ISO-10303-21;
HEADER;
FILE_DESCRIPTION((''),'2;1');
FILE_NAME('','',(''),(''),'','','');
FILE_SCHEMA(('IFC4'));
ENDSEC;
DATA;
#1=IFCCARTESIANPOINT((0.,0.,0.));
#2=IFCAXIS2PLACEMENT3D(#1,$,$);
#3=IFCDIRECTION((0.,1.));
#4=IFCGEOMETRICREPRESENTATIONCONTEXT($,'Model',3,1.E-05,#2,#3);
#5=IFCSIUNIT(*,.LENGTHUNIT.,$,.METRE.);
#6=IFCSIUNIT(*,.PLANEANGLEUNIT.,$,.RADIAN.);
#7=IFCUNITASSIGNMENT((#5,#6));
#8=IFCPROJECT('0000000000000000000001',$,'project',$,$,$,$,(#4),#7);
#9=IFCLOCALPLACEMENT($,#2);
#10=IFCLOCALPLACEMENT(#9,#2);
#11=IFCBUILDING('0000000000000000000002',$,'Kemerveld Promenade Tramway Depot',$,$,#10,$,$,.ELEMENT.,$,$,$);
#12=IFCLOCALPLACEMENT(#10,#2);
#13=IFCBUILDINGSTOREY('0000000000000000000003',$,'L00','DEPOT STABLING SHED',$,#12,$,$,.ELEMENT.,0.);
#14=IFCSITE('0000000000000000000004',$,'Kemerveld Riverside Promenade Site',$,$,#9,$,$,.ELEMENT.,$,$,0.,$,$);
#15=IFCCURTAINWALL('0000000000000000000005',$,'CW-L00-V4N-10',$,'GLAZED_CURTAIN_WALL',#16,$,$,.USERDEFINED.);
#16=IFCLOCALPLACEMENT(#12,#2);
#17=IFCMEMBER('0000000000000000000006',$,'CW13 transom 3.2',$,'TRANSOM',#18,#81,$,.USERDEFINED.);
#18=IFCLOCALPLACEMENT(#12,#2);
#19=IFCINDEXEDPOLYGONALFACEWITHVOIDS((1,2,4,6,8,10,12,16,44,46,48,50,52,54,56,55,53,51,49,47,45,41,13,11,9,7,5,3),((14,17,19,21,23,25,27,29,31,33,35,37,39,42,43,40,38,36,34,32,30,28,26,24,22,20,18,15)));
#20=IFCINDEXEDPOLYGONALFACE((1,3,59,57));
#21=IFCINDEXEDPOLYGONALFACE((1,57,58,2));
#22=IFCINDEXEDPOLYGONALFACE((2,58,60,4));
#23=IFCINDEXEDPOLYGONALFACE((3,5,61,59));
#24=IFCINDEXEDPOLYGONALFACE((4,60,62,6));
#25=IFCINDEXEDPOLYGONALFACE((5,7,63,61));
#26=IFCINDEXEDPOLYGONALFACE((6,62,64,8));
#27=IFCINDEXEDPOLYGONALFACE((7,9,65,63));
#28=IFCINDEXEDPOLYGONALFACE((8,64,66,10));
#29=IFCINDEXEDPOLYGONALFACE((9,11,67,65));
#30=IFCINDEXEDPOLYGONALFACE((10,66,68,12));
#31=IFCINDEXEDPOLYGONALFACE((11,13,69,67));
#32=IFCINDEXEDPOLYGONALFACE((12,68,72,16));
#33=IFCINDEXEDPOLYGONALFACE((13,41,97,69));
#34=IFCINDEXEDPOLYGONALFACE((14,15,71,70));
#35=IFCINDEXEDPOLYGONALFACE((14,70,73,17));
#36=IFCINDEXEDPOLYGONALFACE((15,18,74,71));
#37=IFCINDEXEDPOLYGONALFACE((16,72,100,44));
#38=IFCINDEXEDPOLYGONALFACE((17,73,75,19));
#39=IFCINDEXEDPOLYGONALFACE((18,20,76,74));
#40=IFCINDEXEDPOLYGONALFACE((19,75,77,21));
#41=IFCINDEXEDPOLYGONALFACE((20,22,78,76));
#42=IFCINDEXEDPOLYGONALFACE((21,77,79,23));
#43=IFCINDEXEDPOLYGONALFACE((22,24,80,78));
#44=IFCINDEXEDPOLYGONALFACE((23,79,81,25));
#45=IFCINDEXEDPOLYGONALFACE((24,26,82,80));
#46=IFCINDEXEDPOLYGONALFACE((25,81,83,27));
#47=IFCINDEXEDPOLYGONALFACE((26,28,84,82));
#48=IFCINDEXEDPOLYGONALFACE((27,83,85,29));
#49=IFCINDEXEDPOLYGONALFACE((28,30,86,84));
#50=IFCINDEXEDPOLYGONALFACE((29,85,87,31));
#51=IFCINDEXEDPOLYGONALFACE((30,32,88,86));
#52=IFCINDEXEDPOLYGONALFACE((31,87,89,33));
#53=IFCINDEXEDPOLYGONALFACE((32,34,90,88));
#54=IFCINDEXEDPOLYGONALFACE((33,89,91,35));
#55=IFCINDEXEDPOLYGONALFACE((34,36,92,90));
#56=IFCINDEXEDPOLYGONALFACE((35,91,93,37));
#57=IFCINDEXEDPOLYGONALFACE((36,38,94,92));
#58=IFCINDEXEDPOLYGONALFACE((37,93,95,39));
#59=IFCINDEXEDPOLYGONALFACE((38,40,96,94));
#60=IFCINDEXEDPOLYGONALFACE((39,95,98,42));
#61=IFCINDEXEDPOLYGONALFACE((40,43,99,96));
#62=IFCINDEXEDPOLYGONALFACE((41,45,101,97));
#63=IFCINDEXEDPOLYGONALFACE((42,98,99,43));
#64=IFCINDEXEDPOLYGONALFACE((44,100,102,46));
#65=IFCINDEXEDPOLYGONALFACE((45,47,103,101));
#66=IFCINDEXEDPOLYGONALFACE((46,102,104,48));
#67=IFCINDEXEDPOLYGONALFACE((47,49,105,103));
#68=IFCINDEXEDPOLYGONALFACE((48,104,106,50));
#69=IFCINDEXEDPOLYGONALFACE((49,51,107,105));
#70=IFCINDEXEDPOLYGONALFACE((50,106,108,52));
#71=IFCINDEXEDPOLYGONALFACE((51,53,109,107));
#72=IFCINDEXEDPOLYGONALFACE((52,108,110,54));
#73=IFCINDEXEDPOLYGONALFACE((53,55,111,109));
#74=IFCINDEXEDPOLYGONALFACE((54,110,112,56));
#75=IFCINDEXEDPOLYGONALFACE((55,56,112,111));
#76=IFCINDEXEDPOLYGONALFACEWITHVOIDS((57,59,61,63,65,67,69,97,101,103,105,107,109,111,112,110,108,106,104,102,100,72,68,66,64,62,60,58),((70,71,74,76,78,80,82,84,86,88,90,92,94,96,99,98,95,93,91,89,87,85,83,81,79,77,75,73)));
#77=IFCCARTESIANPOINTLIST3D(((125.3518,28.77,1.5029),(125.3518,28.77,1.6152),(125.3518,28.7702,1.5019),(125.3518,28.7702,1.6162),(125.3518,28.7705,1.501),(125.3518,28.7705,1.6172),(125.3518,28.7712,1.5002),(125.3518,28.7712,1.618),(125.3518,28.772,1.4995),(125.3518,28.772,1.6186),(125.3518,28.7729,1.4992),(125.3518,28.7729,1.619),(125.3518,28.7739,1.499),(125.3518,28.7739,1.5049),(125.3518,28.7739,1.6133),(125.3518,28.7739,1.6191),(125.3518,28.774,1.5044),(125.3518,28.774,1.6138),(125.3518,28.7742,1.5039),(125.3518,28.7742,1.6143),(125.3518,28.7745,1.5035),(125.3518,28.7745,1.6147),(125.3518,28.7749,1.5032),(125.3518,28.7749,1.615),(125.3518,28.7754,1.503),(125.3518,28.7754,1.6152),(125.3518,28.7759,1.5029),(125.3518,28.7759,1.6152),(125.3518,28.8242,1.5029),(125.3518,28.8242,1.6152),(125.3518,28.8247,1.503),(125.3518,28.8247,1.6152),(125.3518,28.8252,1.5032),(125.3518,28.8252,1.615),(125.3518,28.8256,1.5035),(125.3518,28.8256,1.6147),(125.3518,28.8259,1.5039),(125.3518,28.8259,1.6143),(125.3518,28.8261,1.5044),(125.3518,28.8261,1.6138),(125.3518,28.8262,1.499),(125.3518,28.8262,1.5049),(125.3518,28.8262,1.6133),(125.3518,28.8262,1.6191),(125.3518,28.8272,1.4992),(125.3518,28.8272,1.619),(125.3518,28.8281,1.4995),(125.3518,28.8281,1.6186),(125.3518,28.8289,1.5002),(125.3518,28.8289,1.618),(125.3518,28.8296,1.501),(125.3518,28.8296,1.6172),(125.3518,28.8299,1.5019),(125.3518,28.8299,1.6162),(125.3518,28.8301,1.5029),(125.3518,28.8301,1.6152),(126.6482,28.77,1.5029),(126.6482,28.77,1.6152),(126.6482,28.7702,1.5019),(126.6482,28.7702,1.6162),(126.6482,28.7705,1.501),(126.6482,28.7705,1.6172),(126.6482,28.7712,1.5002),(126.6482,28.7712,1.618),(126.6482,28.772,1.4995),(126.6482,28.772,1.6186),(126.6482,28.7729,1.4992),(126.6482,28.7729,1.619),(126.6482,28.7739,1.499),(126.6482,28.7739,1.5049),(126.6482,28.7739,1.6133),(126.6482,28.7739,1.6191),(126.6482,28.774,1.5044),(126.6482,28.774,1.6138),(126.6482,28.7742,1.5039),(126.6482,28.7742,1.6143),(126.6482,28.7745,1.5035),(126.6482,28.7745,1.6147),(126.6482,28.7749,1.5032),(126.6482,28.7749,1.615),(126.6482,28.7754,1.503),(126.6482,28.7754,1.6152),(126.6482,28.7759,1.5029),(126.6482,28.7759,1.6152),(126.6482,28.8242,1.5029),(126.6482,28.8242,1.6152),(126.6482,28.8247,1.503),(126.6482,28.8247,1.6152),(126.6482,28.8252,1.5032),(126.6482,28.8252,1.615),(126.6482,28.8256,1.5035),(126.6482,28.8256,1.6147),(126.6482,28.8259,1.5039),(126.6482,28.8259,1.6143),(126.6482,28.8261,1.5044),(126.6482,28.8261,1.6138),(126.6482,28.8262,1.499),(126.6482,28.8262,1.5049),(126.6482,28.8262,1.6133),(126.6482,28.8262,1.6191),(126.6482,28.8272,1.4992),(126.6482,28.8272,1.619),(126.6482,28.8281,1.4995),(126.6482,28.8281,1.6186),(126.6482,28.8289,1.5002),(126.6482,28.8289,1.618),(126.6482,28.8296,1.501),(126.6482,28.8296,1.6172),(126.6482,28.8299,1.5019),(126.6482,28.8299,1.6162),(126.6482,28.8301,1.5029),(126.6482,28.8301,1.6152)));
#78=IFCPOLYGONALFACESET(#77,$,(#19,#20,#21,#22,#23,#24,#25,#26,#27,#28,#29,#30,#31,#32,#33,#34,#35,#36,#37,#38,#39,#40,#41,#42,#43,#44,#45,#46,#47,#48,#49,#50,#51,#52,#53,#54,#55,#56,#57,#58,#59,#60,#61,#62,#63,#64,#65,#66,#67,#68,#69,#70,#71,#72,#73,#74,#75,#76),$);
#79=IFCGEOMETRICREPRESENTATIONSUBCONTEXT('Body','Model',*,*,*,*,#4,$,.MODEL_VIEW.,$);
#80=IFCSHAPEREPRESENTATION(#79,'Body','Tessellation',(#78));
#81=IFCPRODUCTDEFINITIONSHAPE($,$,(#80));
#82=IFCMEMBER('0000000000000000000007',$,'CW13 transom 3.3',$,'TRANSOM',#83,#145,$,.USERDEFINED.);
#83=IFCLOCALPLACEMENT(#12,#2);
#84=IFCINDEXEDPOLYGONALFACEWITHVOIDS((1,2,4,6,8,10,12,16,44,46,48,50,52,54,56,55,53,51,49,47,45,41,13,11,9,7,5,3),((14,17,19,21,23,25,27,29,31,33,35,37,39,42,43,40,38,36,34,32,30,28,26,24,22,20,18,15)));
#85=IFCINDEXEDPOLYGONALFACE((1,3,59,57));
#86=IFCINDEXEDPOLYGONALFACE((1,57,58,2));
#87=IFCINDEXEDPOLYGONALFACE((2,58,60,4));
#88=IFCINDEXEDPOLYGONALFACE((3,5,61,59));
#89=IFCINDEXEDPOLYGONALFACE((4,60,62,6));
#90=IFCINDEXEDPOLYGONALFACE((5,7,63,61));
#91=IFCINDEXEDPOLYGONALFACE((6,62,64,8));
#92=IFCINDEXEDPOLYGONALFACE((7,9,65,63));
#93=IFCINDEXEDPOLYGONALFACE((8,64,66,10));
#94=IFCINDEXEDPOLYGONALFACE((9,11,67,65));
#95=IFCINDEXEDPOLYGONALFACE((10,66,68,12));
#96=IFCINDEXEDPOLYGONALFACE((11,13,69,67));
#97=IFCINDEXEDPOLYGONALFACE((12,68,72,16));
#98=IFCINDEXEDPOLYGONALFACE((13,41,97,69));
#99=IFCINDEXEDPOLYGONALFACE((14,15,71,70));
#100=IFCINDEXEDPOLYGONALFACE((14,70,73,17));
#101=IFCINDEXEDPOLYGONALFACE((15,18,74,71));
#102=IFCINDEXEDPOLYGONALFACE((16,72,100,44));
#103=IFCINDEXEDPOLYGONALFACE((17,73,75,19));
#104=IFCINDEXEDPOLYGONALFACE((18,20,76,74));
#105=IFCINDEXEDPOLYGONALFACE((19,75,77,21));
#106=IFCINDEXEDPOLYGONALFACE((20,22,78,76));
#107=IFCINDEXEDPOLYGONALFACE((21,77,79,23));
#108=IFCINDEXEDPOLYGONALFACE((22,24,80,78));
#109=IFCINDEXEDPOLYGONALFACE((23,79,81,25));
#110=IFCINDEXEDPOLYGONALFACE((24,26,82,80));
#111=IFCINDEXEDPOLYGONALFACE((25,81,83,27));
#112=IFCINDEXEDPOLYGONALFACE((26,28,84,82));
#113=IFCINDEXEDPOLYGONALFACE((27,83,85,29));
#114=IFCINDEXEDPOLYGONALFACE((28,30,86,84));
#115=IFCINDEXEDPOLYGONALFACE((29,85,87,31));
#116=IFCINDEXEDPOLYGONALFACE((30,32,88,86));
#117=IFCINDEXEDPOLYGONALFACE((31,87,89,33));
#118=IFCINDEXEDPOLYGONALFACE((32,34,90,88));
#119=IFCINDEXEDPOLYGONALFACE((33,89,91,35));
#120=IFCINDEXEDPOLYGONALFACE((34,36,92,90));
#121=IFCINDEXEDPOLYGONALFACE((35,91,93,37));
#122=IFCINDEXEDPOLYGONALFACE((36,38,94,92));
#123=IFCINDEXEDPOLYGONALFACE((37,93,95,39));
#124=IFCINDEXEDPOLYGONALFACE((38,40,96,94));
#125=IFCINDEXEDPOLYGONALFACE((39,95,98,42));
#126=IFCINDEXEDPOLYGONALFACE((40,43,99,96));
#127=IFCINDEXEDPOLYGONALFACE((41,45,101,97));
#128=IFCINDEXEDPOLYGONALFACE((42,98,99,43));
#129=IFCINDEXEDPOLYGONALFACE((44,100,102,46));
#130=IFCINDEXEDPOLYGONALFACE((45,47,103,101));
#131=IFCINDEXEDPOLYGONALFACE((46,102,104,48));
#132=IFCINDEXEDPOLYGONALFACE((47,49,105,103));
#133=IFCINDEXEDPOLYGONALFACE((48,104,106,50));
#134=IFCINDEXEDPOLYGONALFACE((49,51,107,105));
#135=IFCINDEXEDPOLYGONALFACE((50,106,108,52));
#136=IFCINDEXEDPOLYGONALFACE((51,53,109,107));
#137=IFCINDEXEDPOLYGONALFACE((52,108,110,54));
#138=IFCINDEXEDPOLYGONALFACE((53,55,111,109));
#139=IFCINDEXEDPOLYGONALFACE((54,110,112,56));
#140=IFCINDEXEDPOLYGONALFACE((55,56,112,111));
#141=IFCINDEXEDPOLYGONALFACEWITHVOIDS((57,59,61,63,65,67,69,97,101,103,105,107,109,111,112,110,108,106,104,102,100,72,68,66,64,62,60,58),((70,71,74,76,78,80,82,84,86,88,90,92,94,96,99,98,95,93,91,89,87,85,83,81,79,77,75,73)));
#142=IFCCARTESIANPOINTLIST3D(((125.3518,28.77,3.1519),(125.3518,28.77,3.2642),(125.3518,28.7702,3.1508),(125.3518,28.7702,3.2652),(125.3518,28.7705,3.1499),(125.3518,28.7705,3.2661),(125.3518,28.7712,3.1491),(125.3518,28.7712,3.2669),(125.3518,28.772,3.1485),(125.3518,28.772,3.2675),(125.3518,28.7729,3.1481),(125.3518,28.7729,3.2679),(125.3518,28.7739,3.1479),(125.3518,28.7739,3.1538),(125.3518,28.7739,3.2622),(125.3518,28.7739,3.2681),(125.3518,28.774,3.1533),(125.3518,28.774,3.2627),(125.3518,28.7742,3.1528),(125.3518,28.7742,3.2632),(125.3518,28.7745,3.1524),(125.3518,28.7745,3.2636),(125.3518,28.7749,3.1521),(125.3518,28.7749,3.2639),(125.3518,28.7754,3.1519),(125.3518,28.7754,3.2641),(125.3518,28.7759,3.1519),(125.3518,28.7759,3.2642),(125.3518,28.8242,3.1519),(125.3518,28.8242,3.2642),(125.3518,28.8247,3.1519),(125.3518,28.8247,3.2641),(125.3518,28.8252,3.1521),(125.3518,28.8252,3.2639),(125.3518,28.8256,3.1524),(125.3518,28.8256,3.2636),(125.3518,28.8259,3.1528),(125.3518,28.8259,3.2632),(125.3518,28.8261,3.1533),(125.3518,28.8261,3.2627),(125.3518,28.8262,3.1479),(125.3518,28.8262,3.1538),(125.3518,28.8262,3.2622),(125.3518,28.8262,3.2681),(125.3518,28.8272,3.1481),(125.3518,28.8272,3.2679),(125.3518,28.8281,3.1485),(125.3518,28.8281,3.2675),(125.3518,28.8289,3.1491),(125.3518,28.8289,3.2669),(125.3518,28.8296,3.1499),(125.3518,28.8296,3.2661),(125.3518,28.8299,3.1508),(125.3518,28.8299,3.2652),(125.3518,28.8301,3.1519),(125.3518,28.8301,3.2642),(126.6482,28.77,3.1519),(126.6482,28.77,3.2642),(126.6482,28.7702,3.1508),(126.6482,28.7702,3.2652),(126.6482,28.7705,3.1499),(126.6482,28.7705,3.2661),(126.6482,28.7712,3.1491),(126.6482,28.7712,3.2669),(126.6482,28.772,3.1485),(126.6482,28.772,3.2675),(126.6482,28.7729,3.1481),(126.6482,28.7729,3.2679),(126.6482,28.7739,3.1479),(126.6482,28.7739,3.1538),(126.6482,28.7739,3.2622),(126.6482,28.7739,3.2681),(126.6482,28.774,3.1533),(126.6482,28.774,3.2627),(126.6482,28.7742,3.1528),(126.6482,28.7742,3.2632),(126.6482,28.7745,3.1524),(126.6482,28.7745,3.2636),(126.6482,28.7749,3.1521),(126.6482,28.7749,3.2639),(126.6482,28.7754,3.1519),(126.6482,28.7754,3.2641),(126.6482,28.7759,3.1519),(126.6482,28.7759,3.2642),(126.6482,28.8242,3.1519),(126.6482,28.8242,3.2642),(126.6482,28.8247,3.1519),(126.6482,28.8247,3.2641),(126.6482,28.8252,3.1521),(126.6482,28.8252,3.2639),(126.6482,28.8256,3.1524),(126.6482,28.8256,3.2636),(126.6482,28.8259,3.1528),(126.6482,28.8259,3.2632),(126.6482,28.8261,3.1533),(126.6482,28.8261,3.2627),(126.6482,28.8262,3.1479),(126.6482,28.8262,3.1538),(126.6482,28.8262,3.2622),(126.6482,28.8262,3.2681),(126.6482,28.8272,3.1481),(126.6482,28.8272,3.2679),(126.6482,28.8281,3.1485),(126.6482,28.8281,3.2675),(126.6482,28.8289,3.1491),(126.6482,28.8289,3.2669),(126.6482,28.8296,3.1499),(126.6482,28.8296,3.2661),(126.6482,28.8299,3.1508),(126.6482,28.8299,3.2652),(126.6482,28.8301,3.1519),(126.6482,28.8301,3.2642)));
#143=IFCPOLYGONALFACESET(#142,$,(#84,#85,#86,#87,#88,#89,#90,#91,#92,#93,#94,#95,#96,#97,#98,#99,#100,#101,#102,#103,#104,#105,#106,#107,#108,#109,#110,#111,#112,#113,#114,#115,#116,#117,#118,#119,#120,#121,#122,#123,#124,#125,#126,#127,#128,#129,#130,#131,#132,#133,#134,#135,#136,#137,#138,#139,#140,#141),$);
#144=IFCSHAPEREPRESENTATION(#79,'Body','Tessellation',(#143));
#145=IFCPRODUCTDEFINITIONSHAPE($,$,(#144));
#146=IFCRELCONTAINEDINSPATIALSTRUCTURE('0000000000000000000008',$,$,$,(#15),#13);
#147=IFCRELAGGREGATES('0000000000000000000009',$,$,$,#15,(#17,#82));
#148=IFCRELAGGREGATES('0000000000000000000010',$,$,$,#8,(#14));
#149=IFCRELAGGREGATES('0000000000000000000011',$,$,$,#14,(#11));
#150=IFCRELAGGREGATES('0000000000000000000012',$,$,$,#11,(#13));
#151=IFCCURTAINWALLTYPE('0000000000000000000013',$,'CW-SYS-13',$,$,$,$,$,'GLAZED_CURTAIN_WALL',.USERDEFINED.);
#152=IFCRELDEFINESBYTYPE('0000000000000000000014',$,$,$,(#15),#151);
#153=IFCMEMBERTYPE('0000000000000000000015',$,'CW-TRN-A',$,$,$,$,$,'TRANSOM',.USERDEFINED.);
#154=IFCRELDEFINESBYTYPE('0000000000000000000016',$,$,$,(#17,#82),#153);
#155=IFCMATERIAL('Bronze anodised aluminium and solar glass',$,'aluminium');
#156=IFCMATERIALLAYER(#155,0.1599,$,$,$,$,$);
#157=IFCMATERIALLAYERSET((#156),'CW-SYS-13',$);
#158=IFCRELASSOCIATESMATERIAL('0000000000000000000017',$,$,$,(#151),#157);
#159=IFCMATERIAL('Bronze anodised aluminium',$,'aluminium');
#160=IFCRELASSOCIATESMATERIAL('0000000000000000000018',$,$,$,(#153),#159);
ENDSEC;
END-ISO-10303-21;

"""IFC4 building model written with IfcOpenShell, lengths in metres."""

from ifc_helpers import new_model, si_unit, direction, frame, origin, origin_2d, place, context, subcontext, project, spatial, hollow_rectangle, extrude, material, layer, layer_set, material_profile, profile_set, type_object, element, aggregate, save


model = new_model("IFC4")

# Units and contexts
model_context = context("Model", 3, precision=1e-05, world=origin(), true_north=direction((0.0, 1.0)))
body_context = subcontext(model_context, "Body", "Model", "MODEL_VIEW")
ifc_project = project(units=[si_unit("LENGTHUNIT", "METRE"), si_unit("PLANEANGLEUNIT", "RADIAN")], contexts=[model_context])

# Site, building, storey
site_placement = place(None, origin())
site = spatial("IfcSite", under=ifc_project, at=site_placement, Name="Kemerveld Riverside Promenade Site", CompositionType="ELEMENT", RefElevation=0.0)
building_placement = place(site_placement, origin())
building = spatial("IfcBuilding", under=site, at=building_placement, Name="Kemerveld Promenade Tramway Depot", CompositionType="ELEMENT")
storey_placement = place(building_placement, origin())
storey = spatial("IfcBuildingStorey", under=building, at=storey_placement, Name="L00", Description="DEPOT STABLING SHED", CompositionType="ELEMENT", Elevation=0.0)

# Curtain wall, members
ifc_material_1 = material(Name="Bronze anodised aluminium and solar glass", Category="aluminium")
ifc_layer_1 = layer(ifc_material_1, 0.1599)
ifc_layer_set_1 = layer_set([ifc_layer_1], Name="CW-SYS-13")
curtain_wall_type = type_object("IfcCurtainWallType", Name="CW-SYS-13", ElementType="GLAZED_CURTAIN_WALL", PredefinedType="USERDEFINED", material=ifc_layer_set_1)
curtain_wall_placement = place(storey_placement, origin())
curtain_wall = element("IfcCurtainWall", 1, at=curtain_wall_placement, inside=storey, type_object=curtain_wall_type, Name="CW-L00-V4N-10", ObjectType="GLAZED_CURTAIN_WALL", PredefinedType="USERDEFINED")
ifc_material_2 = material(Name="Bronze anodised aluminium", Category="aluminium")
ifc_material_profile_1 = material_profile(ifc_material_2, hollow_rectangle(XDim=0.0601, YDim=0.1201, WallThickness=0.0039, InnerFilletRadius=0.002, OuterFilletRadius=0.0039, at=origin_2d()), Name="CW-TRN-120x60")
ifc_profile_set_1 = profile_set([ifc_material_profile_1], Name="Bronze anodised aluminium")
member_type_1 = type_object("IfcMemberType", Name="CW-TRN-A", ElementType="TRANSOM", PredefinedType="USERDEFINED", material=ifc_profile_set_1)
member_1_placement = place(storey_placement, frame((125.3518, 28.8, 1.5591), z_axis=(1.0, 0.0, 0.0), x_axis=(0.0, 1.0, 0.0)))
member_1 = element("IfcMember", 2, at=member_1_placement, type_object=member_type_1, Name="CW13 transom 3.2", ObjectType="TRANSOM", PredefinedType="USERDEFINED", context=body_context, shape_type="SweptSolid", body=[
    extrude(hollow_rectangle(XDim=0.0601, YDim=0.1201, WallThickness=0.0039, InnerFilletRadius=0.002, OuterFilletRadius=0.0039, at=origin_2d()), origin(), (0.0, 0.0, 1.0), 1.2964),
])
member_2_placement = place(storey_placement, frame((125.3518, 28.8, 3.208), z_axis=(1.0, 0.0, 0.0), x_axis=(0.0, 1.0, 0.0)))
member_2 = element("IfcMember", 3, at=member_2_placement, type_object=member_type_1, Name="CW13 transom 3.3", ObjectType="TRANSOM", PredefinedType="USERDEFINED", context=body_context, shape_type="SweptSolid", body=[
    extrude(hollow_rectangle(XDim=0.0601, YDim=0.1201, WallThickness=0.0039, InnerFilletRadius=0.002, OuterFilletRadius=0.0039, at=origin_2d()), origin(), (0.0, 0.0, 1.0), 1.2964),
])
aggregate(curtain_wall, [member_1, member_2])

save(model, "model.ifc")
